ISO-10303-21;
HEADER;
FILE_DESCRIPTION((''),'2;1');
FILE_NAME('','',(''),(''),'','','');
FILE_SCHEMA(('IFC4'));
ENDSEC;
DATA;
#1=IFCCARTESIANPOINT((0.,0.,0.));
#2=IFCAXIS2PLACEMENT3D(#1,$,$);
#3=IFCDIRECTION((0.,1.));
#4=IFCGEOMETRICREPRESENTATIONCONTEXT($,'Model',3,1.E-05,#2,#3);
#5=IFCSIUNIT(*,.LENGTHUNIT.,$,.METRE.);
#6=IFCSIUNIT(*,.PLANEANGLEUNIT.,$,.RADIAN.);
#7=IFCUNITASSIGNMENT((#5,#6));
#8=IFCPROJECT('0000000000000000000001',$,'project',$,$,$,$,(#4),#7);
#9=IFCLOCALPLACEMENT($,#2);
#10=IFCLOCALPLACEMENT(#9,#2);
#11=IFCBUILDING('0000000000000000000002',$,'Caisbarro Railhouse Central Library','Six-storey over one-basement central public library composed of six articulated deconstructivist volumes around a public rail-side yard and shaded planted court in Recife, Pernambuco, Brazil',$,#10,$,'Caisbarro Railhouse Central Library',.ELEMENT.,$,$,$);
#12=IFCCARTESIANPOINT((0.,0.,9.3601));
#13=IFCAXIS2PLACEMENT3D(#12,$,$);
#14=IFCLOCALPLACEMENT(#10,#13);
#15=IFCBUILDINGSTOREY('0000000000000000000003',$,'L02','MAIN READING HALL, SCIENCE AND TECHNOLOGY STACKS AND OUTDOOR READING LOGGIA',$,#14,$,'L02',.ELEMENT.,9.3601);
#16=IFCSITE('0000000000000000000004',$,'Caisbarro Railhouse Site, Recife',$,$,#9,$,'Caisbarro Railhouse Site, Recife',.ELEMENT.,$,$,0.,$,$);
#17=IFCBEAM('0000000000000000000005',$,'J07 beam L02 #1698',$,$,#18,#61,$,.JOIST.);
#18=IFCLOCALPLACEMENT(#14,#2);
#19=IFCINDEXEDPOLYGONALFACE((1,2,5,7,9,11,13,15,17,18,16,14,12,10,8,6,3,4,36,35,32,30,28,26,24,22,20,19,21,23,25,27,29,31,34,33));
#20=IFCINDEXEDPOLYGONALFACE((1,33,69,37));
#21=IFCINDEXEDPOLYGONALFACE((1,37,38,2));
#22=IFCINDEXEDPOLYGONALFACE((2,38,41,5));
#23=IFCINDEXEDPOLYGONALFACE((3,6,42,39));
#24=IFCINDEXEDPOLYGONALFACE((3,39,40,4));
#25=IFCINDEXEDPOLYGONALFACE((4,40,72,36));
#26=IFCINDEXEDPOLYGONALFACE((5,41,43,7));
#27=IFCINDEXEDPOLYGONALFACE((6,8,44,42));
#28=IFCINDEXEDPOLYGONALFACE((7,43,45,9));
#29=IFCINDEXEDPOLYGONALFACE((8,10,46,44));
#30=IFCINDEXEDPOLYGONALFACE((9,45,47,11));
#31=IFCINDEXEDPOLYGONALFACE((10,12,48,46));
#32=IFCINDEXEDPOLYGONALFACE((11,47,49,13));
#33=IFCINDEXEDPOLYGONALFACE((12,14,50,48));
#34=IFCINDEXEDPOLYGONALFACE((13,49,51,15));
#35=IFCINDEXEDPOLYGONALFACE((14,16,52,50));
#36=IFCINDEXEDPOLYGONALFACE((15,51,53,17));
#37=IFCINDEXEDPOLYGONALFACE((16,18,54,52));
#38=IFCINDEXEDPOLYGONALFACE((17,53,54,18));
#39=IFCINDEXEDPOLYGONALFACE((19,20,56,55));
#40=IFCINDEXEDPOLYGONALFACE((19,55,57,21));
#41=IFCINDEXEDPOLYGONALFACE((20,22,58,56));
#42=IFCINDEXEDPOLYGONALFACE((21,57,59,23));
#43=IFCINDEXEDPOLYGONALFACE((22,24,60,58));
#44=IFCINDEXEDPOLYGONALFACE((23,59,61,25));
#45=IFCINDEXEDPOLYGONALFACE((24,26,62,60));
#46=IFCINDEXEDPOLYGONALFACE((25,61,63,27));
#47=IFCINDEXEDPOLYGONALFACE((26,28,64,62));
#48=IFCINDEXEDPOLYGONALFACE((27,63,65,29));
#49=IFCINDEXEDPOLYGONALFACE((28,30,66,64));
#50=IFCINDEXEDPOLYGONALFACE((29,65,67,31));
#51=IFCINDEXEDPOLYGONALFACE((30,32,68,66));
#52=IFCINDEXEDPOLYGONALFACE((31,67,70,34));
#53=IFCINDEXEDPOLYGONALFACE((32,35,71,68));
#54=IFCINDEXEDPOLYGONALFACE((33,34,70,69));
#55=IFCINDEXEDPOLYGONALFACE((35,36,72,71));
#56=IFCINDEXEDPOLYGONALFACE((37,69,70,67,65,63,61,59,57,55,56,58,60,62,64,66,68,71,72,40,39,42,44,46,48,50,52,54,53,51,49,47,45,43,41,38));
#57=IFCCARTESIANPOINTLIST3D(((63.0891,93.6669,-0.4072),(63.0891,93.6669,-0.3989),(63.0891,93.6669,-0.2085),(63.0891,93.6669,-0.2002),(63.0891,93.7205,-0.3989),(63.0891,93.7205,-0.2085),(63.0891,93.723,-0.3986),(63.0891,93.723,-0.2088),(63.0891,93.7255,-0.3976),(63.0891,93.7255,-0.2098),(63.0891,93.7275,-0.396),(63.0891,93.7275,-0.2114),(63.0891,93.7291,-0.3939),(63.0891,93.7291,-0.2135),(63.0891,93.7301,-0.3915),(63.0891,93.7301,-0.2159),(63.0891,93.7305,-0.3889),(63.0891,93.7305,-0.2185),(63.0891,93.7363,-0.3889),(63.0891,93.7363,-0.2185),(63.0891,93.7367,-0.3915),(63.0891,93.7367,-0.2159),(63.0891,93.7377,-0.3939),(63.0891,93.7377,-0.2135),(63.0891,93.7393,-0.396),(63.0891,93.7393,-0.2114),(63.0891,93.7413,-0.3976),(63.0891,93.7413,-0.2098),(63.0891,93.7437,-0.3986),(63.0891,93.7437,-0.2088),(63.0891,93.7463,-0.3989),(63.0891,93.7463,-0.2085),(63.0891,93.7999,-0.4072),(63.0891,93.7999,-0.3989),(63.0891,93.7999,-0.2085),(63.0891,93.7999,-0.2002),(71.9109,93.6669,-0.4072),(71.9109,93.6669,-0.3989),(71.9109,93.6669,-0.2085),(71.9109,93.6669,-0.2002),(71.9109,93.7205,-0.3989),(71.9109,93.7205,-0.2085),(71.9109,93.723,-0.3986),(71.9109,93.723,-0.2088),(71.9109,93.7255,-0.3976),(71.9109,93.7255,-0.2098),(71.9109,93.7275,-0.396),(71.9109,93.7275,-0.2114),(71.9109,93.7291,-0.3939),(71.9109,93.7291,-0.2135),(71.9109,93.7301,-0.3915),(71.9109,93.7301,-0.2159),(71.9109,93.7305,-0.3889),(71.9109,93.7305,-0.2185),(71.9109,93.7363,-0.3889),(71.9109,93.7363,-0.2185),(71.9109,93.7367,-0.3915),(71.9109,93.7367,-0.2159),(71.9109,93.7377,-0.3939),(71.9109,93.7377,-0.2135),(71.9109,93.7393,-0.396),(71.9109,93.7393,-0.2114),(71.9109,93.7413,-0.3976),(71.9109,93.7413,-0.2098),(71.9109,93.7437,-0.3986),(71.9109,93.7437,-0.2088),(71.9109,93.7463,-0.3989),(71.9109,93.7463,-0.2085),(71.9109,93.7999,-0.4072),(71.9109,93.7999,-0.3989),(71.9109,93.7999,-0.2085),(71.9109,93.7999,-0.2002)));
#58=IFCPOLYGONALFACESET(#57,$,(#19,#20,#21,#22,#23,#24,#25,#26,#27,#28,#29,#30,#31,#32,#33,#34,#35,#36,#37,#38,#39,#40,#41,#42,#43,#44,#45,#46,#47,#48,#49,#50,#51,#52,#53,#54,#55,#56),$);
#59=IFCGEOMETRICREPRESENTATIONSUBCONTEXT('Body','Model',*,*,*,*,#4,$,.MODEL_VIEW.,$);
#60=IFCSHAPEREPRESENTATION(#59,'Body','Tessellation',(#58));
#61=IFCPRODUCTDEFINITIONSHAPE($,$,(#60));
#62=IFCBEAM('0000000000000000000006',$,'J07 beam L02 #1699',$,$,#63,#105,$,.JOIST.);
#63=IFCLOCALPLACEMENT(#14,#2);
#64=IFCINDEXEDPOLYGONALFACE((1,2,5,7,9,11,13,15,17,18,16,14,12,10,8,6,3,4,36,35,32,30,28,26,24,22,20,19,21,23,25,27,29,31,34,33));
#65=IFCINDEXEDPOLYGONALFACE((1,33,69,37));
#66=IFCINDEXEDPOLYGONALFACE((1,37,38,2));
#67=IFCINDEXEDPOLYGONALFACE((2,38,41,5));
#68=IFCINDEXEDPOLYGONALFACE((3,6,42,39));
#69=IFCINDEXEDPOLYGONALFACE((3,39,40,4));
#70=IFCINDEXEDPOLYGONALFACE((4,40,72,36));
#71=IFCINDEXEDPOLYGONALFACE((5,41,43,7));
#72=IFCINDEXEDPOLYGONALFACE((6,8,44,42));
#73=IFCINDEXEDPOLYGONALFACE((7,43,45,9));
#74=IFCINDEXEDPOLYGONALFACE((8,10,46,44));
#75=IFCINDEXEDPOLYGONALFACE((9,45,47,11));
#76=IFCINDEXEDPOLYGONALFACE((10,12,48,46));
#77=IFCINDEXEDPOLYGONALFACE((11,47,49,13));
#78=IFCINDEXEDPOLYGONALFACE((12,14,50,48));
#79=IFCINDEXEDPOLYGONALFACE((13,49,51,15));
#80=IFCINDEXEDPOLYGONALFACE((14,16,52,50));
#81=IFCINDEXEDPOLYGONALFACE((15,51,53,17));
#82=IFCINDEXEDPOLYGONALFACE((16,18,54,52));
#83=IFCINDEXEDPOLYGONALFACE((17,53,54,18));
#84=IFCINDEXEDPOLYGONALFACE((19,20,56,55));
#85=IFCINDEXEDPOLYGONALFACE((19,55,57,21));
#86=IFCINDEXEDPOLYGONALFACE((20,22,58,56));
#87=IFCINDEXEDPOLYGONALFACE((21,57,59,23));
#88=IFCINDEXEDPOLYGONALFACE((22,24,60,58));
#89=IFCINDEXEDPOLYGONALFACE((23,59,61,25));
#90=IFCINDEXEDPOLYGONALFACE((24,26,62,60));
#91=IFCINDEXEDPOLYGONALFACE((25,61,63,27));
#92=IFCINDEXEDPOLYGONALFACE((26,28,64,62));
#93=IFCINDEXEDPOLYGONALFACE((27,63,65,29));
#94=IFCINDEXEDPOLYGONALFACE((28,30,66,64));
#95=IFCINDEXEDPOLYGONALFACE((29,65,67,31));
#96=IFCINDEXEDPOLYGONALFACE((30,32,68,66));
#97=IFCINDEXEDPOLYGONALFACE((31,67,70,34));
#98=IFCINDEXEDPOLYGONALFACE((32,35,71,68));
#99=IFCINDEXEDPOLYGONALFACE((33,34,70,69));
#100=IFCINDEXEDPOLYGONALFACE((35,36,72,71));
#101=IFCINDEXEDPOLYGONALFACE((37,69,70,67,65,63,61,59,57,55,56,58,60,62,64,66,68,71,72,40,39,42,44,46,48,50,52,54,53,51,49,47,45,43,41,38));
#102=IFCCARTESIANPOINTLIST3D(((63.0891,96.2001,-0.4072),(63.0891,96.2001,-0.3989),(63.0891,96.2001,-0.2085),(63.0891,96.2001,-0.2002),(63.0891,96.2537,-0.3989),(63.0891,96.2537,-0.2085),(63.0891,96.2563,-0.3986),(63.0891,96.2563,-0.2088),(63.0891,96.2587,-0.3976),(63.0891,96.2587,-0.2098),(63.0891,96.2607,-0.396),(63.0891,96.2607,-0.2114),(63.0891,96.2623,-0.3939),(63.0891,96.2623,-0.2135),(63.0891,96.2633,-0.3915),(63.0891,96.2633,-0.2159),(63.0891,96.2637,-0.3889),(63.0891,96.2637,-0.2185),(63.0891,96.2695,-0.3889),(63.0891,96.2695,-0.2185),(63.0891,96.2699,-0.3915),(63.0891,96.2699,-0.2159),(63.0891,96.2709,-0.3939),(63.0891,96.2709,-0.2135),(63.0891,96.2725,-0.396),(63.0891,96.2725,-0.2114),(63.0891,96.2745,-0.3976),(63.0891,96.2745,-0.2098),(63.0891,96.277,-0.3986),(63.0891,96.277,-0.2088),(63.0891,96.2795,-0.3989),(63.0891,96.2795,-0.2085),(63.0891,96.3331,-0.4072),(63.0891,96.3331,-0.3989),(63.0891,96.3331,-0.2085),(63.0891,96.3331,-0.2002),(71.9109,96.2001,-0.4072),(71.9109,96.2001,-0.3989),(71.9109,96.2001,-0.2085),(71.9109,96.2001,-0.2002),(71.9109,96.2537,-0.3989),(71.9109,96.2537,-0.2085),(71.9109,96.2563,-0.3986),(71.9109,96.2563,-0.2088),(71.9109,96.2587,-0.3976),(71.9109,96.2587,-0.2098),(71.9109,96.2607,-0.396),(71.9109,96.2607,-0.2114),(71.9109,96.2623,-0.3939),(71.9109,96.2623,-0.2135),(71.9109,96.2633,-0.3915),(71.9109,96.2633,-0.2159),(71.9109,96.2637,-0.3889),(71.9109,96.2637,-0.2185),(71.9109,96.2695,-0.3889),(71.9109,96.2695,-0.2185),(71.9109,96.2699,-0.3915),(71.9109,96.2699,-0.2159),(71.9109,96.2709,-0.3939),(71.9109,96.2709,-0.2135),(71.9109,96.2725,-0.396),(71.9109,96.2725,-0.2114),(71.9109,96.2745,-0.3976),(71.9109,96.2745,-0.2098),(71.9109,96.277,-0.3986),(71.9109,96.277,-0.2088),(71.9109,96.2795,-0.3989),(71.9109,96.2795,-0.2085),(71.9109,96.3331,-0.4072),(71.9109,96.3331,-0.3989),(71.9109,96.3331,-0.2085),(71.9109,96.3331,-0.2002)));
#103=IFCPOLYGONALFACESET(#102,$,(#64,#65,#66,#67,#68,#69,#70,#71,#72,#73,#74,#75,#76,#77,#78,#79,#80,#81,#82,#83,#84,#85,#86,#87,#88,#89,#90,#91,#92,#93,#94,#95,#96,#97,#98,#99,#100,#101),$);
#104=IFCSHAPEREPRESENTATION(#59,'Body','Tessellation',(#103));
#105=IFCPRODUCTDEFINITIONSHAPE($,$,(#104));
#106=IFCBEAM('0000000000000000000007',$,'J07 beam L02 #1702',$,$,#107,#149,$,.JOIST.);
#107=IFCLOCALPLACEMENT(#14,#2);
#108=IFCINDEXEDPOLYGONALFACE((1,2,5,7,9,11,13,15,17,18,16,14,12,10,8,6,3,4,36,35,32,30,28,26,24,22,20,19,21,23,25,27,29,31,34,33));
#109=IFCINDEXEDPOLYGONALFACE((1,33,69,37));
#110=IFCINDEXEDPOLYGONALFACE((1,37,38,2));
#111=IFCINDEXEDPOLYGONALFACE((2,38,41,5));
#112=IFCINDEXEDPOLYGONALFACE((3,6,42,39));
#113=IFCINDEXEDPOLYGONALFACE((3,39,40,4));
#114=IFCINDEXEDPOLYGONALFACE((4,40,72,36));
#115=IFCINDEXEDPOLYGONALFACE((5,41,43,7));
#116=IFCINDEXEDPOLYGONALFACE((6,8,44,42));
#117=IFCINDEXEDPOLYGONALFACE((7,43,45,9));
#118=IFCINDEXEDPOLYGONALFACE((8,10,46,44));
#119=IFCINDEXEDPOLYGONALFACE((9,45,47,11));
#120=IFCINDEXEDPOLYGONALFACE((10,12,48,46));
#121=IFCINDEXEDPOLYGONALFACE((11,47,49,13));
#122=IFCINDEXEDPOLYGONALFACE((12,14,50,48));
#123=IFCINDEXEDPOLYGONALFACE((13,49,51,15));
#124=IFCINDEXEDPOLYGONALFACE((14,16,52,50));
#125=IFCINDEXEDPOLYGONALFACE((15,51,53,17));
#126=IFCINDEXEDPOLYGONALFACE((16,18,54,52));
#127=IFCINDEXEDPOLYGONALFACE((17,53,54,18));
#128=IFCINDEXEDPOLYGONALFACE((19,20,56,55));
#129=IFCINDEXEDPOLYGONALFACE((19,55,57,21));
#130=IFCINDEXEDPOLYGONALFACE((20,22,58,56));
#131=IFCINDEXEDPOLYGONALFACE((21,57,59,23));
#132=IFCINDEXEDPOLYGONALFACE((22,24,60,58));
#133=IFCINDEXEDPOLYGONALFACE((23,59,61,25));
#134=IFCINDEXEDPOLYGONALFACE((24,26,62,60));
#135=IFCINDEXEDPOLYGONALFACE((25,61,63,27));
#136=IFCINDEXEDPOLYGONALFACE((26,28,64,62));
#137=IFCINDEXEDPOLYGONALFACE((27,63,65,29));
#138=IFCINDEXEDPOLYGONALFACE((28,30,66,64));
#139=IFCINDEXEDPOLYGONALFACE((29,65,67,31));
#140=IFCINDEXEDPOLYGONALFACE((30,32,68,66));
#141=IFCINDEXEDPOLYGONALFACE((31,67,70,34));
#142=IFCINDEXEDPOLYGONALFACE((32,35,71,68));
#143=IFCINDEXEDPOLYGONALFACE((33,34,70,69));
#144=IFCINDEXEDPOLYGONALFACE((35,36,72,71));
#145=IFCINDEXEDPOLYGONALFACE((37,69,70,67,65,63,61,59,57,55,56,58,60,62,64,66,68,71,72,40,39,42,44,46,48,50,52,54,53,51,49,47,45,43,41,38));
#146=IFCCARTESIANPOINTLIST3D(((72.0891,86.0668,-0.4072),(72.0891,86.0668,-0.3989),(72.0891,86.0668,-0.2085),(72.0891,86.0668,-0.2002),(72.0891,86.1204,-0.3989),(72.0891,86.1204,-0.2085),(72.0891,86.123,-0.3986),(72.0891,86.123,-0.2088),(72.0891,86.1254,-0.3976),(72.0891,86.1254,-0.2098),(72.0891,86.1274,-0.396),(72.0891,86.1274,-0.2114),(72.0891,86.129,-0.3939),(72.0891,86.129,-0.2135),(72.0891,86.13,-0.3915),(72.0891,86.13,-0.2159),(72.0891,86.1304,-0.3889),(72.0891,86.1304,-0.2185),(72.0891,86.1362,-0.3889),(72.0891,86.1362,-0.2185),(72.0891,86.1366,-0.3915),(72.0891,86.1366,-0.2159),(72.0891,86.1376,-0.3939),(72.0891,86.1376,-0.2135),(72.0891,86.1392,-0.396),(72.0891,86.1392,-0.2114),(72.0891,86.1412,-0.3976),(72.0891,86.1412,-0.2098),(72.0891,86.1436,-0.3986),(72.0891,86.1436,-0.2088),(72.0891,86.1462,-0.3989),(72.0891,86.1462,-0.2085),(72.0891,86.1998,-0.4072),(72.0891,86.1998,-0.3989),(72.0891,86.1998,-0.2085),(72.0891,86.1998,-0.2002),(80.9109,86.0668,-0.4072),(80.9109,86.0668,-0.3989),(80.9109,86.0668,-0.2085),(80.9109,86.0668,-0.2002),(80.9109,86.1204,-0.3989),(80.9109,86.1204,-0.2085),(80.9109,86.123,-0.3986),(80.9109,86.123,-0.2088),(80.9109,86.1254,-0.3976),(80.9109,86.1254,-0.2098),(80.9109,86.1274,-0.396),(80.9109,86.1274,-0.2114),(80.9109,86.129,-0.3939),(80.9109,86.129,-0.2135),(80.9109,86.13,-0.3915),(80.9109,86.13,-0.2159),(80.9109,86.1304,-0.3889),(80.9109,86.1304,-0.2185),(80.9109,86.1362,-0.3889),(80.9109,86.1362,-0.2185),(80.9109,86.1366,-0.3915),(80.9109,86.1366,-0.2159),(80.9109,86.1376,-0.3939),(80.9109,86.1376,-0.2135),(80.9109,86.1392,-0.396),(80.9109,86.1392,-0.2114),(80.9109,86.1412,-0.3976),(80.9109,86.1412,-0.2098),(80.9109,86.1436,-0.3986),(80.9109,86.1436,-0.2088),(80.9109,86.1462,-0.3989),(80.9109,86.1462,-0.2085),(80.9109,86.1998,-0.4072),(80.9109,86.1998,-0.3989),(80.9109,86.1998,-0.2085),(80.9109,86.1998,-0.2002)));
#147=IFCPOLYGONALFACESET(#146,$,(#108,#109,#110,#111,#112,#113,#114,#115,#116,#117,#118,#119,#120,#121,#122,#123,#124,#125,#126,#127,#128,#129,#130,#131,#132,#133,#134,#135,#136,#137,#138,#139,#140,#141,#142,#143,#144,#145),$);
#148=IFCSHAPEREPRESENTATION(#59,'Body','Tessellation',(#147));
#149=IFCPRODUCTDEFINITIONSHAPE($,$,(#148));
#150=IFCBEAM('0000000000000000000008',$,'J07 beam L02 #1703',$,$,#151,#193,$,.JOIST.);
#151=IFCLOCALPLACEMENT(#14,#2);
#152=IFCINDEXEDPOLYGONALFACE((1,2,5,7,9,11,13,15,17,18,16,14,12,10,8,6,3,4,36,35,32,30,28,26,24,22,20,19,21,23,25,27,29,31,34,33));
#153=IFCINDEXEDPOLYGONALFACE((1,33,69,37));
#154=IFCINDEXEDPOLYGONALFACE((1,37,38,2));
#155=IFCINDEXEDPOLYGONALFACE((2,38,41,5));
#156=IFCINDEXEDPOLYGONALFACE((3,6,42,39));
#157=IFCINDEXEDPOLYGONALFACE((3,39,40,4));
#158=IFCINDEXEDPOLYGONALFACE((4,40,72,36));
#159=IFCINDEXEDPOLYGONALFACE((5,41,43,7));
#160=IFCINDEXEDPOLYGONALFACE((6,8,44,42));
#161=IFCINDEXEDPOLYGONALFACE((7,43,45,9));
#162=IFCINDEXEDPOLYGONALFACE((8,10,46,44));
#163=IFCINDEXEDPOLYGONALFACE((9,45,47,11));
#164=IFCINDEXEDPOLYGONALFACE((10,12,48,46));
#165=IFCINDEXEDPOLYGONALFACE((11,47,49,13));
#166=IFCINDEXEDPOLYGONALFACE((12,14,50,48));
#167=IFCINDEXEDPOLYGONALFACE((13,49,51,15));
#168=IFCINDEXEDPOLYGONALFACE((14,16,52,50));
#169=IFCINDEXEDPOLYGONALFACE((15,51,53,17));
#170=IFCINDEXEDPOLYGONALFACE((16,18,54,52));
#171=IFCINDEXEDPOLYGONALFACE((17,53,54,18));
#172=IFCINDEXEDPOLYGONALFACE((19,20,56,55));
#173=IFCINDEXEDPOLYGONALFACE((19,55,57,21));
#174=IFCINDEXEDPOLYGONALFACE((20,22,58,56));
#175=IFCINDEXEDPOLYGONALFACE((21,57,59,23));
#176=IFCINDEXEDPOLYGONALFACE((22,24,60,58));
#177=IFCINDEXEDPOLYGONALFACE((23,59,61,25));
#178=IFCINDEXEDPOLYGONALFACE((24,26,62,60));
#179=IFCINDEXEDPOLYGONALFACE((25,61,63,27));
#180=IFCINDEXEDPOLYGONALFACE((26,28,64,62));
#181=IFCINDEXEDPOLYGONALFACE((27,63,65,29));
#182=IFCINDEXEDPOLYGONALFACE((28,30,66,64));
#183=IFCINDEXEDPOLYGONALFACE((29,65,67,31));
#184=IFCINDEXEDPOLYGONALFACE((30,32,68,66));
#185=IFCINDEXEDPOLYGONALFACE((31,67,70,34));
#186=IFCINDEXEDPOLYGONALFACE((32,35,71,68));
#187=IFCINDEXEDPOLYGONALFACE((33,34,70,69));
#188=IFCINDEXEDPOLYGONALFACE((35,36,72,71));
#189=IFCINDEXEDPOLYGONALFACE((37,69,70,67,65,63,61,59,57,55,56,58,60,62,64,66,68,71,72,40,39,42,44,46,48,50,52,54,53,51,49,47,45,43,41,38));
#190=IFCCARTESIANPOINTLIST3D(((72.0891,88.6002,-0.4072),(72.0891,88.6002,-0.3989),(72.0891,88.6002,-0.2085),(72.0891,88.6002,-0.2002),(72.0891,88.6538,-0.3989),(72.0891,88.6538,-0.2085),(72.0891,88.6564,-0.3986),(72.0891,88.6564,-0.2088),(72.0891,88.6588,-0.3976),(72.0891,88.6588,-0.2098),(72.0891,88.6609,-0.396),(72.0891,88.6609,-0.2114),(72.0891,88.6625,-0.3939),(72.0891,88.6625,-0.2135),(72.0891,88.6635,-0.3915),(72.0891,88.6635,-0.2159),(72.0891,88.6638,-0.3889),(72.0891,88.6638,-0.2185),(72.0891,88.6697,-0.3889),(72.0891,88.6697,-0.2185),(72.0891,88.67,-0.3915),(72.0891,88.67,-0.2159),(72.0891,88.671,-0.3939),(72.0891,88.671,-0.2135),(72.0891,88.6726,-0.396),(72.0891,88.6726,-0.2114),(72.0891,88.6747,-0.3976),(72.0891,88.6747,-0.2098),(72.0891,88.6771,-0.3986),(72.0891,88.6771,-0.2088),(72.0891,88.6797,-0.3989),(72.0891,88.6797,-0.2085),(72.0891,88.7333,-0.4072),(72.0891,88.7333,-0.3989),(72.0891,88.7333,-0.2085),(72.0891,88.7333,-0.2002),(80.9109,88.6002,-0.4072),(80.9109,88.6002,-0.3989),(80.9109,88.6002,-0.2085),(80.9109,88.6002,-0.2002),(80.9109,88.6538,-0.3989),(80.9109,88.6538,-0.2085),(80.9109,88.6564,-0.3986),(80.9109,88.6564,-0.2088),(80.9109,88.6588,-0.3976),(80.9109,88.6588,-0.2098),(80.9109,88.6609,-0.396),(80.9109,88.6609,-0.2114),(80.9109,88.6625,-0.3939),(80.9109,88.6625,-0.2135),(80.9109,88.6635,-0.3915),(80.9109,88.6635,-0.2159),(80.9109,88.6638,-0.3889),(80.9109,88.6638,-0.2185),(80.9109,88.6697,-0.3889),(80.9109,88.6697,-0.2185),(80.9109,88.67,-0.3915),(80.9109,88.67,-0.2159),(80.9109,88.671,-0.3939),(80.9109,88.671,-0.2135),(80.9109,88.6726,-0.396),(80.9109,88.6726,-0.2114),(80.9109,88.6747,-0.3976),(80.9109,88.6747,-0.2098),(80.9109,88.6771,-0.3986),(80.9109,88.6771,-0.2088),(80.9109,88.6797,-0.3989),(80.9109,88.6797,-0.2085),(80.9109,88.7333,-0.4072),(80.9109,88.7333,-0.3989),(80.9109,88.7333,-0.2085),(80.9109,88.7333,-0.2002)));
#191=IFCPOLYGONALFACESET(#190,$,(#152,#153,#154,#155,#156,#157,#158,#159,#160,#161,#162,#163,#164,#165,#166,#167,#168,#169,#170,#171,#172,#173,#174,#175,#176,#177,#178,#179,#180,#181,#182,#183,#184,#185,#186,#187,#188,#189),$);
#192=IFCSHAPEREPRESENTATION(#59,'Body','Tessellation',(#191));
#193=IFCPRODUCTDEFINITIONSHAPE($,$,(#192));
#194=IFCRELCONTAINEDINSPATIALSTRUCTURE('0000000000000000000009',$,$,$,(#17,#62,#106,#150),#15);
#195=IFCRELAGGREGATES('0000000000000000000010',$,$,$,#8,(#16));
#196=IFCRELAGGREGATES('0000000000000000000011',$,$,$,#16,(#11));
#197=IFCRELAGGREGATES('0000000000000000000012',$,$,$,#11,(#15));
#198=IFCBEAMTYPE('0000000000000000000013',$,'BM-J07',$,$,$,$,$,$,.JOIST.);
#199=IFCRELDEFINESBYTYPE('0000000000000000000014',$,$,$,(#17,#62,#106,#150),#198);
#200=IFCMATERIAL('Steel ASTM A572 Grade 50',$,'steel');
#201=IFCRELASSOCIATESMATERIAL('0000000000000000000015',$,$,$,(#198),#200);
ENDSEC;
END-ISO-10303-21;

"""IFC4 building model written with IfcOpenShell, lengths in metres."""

from ifc_helpers import new_model, si_unit, direction, frame, origin, origin_2d, place, context, subcontext, project, spatial, i_section, extrude, material, material_profile, profile_set, type_object, element, save


model = new_model("IFC4")

# Units and contexts
model_context = context("Model", 3, precision=1e-05, world=origin(), true_north=direction((0.0, 1.0)))
body_context = subcontext(model_context, "Body", "Model", "MODEL_VIEW")
ifc_project = project(units=[si_unit("LENGTHUNIT", "METRE"), si_unit("PLANEANGLEUNIT", "RADIAN")], contexts=[model_context])

# Site, building, storey
site_placement = place(None, origin())
site = spatial("IfcSite", under=ifc_project, at=site_placement, Name="Caisbarro Railhouse Site, Recife", LongName="Caisbarro Railhouse Site, Recife", CompositionType="ELEMENT", RefElevation=0.0)
building_placement = place(site_placement, origin())
building = spatial("IfcBuilding", under=site, at=building_placement, Name="Caisbarro Railhouse Central Library", Description="Six-storey over one-basement central public library composed of six articulated deconstructivist volumes around a public rail-side yard and shaded planted court in Recife, Pernambuco, Brazil", LongName="Caisbarro Railhouse Central Library", CompositionType="ELEMENT")
storey_placement = place(building_placement, frame((0.0, 0.0, 9.3601)))
storey = spatial("IfcBuildingStorey", under=building, at=storey_placement, Name="L02", Description="MAIN READING HALL, SCIENCE AND TECHNOLOGY STACKS AND OUTDOOR READING LOGGIA", LongName="L02", CompositionType="ELEMENT", Elevation=9.3601)

# Shared definitions
ifc_material_1 = material(Name="Steel ASTM A572 Grade 50", Category="steel")

# Beams
ifc_material_profile_1 = material_profile(ifc_material_1, i_section(OverallWidth=0.1331, OverallDepth=0.207, WebThickness=0.0059, FlangeThickness=0.0083, FilletRadius=0.01, at=origin_2d()), Name="W200X26.6")
ifc_profile_set_1 = profile_set([ifc_material_profile_1], Name="Steel ASTM A572 Grade 50")
beam_type_1 = type_object("IfcBeamType", Name="BM-J07", PredefinedType="JOIST", material=ifc_profile_set_1)
for number, where, z_axis, x_axis, name in (
    (1, (63.0891, 93.7334, -0.3037), (1.0, 0.0, 0.0), (0.0, 1.0, 0.0), "J07 beam L02 #1698"),
    (2, (63.0891, 96.2666, -0.3037), (1.0, 0.0, 0.0), (0.0, 1.0, 0.0), "J07 beam L02 #1699"),
    (3, (72.0891, 86.1333, -0.3037), (1.0, 0.0, 0.0), (0.0, 1.0, 0.0), "J07 beam L02 #1702"),
    (4, (72.0891, 88.6667, -0.3037), (1.0, 0.0, 0.0), (0.0, 1.0, 0.0), "J07 beam L02 #1703"),
):
    element("IfcBeam", number, at=place(storey_placement, frame(where, z_axis=z_axis, x_axis=x_axis)), inside=storey, type_object=beam_type_1, Name=name, PredefinedType="JOIST", context=body_context, shape_type="SweptSolid", body=[
        extrude(i_section(OverallWidth=0.1331, OverallDepth=0.207, WebThickness=0.0059, FlangeThickness=0.0083, FilletRadius=0.01, at=origin_2d()), origin(), (0.0, 0.0, 1.0), 8.8218),
    ])

save(model, "model.ifc")
